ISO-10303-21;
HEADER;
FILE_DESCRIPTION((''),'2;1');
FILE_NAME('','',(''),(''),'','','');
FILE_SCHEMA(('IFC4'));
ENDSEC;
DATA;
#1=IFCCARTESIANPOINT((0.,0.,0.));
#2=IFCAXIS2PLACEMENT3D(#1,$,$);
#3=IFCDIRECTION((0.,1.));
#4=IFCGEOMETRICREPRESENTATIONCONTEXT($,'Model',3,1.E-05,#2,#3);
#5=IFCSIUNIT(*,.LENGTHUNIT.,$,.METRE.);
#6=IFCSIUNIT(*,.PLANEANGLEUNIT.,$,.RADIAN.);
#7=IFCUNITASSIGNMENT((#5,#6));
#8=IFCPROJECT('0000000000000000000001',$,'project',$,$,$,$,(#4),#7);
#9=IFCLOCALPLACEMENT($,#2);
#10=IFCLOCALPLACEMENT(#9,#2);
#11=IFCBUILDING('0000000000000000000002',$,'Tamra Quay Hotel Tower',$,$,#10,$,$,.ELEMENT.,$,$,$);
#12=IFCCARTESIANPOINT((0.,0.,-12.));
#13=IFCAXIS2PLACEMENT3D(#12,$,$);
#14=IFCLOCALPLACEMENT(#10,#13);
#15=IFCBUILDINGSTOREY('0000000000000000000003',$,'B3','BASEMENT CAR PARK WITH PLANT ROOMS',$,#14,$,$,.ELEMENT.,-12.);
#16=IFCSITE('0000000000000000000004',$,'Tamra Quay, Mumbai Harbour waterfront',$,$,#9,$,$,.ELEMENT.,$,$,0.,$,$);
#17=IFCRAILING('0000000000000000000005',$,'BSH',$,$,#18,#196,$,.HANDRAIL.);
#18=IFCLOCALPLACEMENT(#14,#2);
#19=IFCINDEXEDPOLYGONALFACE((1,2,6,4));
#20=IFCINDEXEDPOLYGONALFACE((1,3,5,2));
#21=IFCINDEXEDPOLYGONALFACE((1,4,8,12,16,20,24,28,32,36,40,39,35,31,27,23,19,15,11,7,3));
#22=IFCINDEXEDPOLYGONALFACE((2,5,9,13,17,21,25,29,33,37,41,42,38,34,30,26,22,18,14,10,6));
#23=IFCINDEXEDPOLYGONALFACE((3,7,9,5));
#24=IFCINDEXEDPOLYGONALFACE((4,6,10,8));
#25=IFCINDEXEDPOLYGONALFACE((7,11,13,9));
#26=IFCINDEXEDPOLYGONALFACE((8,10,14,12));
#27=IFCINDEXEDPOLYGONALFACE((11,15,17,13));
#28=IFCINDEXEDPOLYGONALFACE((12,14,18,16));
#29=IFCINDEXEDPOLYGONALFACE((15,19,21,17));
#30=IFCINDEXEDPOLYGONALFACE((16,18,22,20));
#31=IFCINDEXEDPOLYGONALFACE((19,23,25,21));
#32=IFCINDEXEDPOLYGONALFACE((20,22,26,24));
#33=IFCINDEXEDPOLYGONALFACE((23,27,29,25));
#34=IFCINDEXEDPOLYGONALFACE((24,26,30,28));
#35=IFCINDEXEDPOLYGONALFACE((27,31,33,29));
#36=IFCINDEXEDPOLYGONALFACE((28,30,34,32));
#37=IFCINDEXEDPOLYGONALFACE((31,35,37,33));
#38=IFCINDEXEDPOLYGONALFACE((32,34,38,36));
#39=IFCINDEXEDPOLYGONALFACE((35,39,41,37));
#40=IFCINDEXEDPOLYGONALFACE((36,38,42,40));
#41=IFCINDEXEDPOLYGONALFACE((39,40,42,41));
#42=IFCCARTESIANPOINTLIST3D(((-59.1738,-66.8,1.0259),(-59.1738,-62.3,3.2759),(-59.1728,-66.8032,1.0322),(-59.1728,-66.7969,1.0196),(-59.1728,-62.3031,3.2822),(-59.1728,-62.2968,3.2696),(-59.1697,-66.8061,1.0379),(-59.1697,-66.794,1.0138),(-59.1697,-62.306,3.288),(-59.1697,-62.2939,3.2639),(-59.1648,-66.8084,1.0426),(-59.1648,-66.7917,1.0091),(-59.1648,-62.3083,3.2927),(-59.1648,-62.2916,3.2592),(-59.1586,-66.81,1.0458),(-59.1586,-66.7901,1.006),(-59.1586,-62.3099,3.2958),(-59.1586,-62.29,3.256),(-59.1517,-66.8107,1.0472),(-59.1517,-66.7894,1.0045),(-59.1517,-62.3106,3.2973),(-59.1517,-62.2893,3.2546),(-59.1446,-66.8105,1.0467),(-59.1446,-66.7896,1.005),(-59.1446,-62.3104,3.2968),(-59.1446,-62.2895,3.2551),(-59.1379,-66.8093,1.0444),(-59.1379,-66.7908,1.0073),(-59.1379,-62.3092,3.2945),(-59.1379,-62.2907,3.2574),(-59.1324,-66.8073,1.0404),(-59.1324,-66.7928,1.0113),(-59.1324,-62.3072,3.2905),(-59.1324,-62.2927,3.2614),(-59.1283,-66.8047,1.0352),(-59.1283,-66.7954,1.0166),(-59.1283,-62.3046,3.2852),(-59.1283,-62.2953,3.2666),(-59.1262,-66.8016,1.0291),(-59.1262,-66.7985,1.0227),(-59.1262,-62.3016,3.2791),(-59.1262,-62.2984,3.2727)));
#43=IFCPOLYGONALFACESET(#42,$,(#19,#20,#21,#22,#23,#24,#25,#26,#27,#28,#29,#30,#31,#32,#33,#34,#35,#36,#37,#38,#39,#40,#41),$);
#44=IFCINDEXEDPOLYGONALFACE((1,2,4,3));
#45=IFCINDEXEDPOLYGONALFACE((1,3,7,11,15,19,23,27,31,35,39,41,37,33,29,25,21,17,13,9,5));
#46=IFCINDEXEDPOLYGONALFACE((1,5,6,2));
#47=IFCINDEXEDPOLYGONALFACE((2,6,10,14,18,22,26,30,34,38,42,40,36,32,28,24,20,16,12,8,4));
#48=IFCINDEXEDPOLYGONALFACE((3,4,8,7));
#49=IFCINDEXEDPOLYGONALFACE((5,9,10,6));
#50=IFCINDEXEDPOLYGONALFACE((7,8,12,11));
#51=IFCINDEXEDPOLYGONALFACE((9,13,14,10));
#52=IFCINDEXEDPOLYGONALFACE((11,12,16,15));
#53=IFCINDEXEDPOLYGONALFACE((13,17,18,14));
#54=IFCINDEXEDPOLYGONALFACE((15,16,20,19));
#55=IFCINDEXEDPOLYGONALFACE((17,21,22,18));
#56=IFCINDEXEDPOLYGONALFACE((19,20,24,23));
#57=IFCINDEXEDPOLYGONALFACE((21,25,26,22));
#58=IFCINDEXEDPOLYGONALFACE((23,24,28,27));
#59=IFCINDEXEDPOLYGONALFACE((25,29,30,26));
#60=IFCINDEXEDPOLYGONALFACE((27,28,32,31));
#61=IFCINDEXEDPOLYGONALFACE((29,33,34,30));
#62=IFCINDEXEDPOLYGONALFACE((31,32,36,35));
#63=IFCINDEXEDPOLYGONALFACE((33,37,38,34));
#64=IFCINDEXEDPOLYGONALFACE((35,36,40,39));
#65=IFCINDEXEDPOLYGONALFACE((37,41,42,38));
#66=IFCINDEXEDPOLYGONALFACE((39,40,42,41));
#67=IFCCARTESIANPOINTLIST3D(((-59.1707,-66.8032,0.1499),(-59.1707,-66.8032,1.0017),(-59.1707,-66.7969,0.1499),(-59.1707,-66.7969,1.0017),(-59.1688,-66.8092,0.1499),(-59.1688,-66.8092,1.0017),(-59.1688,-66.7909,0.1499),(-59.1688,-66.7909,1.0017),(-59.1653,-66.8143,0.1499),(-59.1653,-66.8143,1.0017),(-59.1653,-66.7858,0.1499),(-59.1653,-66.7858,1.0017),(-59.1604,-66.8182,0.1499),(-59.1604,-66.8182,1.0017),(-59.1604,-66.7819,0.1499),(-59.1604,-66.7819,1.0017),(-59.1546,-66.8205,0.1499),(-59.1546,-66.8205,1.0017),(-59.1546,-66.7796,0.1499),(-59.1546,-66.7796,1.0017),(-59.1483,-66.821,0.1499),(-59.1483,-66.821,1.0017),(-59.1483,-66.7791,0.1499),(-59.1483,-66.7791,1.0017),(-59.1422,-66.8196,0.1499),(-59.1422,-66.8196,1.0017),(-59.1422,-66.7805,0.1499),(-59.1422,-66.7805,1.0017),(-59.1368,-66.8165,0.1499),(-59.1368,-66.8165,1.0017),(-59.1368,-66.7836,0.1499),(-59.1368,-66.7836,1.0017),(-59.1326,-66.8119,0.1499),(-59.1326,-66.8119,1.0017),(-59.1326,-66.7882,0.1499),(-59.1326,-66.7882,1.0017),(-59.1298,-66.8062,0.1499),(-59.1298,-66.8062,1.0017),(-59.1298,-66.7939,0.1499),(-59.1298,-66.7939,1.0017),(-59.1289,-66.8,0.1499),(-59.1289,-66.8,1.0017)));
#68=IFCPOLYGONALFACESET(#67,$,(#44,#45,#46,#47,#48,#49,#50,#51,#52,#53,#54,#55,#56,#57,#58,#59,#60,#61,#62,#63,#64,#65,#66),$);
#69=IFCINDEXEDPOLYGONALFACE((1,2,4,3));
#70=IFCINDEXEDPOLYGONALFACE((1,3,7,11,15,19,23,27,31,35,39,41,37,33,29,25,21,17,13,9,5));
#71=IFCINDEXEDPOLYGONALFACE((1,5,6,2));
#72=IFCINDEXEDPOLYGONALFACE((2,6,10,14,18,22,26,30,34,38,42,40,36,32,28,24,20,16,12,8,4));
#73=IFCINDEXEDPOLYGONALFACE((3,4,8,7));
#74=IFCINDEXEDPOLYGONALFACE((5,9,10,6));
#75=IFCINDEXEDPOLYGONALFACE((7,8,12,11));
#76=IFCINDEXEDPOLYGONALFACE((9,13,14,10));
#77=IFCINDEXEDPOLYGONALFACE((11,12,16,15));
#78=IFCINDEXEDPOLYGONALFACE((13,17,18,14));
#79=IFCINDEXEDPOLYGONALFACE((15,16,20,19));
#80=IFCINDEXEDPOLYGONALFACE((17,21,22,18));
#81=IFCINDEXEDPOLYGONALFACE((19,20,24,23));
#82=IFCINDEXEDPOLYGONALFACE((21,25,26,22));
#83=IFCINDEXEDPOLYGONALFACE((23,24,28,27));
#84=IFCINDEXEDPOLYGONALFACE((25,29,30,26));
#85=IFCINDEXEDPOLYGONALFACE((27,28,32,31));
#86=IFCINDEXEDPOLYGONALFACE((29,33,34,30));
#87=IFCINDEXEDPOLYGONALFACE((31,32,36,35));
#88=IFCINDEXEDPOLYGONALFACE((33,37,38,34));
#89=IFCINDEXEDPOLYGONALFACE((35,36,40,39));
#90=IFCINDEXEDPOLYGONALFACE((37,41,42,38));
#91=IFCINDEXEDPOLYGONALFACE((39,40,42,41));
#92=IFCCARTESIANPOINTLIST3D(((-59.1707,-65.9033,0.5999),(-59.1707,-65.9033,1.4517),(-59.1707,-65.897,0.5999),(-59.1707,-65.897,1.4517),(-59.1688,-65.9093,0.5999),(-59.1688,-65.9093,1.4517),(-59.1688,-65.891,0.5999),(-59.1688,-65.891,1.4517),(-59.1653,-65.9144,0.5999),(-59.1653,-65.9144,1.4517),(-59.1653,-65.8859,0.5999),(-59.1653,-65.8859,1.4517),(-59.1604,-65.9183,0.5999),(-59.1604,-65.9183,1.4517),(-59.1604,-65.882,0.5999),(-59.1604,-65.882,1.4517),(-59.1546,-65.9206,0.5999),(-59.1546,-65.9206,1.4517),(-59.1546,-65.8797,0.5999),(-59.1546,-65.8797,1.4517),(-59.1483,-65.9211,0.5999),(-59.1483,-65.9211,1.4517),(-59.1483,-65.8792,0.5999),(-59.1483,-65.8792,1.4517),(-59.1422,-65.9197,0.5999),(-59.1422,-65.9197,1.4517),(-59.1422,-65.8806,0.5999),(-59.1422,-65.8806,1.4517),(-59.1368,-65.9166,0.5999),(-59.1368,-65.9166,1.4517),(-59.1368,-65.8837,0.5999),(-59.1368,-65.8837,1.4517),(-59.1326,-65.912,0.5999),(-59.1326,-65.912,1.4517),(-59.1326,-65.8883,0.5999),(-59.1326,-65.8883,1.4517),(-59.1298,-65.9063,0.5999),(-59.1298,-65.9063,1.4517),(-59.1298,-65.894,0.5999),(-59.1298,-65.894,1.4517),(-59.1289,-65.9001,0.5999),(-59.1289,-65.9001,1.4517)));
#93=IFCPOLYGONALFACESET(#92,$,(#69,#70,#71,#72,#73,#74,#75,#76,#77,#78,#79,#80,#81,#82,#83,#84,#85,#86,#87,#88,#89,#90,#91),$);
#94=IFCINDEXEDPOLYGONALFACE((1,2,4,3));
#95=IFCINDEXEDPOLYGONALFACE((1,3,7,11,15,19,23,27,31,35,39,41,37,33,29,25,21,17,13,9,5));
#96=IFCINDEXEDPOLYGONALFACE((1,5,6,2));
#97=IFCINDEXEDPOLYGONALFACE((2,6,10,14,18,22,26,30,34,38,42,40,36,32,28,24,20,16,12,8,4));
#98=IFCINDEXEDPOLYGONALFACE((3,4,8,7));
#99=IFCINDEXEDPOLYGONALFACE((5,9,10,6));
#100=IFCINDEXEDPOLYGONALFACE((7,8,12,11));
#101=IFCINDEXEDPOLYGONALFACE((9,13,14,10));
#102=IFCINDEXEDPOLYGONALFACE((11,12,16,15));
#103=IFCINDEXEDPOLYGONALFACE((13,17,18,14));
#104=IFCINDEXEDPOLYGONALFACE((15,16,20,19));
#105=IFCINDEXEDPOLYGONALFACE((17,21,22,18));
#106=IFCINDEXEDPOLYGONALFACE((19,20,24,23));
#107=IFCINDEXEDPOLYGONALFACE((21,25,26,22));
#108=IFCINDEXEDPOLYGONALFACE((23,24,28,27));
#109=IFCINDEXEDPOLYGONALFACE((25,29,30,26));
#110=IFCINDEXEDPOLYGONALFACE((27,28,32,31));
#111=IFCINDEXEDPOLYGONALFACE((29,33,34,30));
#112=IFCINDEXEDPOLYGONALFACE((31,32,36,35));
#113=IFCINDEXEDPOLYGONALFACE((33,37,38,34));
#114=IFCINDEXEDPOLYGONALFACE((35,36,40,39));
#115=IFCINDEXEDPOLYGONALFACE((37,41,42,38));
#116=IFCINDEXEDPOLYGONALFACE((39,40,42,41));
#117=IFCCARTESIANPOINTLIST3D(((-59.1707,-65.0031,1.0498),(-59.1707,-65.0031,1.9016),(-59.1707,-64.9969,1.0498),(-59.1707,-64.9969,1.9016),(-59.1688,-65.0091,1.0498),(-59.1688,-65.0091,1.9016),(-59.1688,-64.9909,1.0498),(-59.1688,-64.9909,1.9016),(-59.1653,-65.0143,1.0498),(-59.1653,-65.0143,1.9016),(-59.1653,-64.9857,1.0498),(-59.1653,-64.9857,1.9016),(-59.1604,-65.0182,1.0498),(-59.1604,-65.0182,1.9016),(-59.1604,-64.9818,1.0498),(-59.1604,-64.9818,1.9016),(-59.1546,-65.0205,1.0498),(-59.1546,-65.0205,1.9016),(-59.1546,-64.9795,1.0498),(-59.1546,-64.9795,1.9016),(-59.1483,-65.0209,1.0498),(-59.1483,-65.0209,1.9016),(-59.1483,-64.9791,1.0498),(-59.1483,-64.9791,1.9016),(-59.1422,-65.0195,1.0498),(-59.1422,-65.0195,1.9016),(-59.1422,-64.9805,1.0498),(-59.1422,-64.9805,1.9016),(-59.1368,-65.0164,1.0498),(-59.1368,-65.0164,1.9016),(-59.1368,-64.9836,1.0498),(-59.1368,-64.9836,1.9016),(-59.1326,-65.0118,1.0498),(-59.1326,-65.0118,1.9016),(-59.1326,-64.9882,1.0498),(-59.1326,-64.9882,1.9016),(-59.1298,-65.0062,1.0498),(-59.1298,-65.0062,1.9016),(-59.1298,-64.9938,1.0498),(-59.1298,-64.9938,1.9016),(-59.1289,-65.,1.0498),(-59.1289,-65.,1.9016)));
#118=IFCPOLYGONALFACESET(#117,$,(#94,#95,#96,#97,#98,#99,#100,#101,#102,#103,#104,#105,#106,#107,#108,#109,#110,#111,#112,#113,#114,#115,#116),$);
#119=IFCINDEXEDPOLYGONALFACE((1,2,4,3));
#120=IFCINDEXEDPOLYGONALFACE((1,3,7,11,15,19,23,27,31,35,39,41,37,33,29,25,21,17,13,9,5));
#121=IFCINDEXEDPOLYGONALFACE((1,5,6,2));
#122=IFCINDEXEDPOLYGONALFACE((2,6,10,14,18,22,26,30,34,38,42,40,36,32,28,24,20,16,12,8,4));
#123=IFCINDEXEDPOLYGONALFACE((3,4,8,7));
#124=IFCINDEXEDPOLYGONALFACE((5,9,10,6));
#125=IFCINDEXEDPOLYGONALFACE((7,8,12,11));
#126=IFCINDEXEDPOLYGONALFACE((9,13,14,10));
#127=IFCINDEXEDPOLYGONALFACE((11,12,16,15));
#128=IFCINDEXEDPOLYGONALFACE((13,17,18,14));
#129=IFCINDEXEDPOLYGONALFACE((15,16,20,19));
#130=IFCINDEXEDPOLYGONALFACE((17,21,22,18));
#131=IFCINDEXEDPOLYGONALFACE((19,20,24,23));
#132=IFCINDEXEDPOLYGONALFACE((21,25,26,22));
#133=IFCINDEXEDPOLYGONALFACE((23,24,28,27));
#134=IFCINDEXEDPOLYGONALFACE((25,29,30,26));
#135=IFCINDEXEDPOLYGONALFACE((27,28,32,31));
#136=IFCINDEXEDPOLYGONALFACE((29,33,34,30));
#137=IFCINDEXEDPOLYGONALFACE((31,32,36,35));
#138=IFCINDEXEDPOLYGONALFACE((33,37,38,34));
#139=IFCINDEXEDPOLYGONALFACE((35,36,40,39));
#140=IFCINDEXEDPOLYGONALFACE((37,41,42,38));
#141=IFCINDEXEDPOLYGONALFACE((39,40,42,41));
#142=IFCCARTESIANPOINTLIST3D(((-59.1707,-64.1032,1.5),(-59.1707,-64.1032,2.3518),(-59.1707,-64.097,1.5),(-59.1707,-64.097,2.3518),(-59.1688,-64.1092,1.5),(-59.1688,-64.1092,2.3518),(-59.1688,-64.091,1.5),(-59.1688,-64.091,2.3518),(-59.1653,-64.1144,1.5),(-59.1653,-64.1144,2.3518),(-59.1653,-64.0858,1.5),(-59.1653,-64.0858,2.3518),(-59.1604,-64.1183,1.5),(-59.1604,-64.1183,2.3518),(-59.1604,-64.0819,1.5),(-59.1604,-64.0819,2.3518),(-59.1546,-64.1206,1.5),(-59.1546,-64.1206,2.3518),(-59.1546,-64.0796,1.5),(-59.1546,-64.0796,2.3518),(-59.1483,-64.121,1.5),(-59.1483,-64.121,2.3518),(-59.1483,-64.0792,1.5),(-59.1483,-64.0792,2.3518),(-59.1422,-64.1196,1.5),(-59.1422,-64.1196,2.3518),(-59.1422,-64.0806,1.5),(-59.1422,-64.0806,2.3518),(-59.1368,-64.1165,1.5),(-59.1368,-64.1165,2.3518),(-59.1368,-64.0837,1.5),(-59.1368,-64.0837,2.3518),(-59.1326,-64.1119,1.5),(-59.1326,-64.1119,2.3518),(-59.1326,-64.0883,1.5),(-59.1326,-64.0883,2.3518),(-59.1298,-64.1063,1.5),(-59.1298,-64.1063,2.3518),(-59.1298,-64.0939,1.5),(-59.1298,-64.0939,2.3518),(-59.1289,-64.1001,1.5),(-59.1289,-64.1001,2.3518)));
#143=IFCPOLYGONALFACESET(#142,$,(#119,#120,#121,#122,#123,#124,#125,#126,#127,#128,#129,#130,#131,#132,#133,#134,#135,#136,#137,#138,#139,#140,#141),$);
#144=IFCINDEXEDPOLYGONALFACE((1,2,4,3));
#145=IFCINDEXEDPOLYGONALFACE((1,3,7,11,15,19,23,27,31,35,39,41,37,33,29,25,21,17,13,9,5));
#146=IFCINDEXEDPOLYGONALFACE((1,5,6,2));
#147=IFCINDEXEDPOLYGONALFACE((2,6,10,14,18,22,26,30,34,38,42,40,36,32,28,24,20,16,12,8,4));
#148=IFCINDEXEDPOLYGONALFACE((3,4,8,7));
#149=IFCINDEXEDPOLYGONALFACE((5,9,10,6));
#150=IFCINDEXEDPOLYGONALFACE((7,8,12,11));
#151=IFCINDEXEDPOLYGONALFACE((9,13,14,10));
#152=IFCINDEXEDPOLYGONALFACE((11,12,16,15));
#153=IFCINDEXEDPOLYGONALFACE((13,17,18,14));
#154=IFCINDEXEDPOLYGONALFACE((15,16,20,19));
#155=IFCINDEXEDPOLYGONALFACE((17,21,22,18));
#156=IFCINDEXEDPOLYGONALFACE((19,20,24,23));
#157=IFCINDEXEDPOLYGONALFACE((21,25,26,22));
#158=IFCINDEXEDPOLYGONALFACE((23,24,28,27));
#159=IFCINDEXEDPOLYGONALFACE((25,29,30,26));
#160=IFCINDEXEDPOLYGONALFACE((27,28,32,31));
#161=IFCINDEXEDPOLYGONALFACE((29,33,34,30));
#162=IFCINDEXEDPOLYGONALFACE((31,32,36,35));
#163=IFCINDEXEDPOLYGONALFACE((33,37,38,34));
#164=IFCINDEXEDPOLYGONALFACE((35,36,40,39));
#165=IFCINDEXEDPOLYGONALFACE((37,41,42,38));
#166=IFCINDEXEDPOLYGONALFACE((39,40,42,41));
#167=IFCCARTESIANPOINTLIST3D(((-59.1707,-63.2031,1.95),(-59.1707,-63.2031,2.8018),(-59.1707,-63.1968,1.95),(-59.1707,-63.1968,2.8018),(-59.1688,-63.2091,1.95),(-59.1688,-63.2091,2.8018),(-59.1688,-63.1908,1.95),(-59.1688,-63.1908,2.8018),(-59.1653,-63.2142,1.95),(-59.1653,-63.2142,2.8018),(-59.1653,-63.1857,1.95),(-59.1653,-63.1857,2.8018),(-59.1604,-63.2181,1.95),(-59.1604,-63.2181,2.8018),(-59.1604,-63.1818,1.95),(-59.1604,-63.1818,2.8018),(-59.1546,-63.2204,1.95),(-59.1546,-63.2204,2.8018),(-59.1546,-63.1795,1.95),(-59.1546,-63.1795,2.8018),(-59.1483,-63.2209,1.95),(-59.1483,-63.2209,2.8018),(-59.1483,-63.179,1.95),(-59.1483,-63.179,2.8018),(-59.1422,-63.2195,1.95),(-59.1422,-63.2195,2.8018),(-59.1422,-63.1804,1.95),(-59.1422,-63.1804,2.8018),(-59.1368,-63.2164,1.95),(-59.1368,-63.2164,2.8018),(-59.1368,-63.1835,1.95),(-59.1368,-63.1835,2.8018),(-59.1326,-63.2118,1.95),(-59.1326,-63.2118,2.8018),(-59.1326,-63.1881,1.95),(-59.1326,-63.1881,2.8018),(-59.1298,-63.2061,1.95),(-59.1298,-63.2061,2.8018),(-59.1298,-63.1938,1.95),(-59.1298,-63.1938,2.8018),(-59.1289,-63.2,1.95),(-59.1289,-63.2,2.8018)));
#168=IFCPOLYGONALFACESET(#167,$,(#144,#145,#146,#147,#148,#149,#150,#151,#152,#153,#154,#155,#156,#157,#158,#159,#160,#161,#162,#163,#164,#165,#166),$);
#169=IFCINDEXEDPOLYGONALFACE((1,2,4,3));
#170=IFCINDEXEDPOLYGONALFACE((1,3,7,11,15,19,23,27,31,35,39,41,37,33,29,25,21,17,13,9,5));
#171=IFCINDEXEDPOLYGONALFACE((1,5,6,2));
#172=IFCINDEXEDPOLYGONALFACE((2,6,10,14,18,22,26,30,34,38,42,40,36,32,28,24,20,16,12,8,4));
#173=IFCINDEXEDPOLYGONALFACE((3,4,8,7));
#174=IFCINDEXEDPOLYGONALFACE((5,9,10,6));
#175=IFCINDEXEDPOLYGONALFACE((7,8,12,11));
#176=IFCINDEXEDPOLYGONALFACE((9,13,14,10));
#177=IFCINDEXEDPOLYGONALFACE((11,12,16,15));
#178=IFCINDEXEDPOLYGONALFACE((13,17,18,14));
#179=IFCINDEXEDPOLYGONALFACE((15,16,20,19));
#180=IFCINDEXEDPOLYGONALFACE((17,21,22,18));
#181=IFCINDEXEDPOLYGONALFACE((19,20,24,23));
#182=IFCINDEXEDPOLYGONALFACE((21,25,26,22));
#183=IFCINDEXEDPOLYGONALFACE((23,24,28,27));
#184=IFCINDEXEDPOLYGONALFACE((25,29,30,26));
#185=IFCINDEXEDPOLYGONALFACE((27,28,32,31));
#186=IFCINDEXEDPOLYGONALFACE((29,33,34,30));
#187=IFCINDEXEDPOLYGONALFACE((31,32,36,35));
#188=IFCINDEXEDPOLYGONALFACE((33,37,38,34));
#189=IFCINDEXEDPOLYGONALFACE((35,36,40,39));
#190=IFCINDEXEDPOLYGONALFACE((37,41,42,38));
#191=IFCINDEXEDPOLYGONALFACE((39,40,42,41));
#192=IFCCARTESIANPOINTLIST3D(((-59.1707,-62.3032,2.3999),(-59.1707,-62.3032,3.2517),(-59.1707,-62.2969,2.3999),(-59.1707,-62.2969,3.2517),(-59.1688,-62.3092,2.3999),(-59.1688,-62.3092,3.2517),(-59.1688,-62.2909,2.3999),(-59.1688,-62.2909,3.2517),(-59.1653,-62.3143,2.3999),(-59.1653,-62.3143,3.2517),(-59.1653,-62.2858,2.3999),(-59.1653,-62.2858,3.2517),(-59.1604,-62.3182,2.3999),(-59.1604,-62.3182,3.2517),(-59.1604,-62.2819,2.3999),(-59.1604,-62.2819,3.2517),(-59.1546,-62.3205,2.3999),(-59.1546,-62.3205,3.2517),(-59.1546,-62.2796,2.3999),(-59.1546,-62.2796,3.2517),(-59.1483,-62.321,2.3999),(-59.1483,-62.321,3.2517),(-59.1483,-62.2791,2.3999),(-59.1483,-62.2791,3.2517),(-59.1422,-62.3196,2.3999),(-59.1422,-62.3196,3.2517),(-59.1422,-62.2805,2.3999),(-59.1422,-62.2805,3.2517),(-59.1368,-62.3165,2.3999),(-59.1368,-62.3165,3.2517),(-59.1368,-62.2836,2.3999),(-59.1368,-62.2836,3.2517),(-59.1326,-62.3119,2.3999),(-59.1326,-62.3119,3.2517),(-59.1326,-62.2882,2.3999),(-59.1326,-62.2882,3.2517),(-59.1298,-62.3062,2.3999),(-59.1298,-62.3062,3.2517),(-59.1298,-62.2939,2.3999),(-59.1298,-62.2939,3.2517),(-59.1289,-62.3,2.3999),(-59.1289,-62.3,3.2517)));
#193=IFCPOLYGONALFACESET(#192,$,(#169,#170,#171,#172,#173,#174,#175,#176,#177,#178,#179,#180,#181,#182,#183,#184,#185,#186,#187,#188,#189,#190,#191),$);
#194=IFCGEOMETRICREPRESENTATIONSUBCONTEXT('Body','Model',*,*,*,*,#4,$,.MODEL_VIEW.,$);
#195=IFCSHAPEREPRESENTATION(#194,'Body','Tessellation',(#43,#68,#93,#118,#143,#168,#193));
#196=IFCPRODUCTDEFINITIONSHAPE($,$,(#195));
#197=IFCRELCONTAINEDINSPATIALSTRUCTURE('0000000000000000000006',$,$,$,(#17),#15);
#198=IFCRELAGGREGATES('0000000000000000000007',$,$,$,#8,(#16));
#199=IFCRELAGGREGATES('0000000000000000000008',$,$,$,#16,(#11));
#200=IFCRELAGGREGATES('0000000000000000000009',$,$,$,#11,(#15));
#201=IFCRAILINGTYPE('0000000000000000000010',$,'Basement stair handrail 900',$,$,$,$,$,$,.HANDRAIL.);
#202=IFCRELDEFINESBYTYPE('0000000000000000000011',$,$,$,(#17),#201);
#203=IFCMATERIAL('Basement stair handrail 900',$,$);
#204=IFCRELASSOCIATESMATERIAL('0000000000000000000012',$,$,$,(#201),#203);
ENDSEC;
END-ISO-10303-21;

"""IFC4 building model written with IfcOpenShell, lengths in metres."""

from ifc_helpers import new_model, si_unit, direction, frame, origin, origin_2d, place, context, subcontext, project, spatial, circle, extrude, material, type_object, element, save


model = new_model("IFC4")

# Units and contexts
model_context = context("Model", 3, precision=1e-05, world=origin(), true_north=direction((0.0, 1.0)))
body_context = subcontext(model_context, "Body", "Model", "MODEL_VIEW")
ifc_project = project(units=[si_unit("LENGTHUNIT", "METRE"), si_unit("PLANEANGLEUNIT", "RADIAN")], contexts=[model_context])

# Site, building, storey
site_placement = place(None, origin())
site = spatial("IfcSite", under=ifc_project, at=site_placement, Name="Tamra Quay, Mumbai Harbour waterfront", CompositionType="ELEMENT", RefElevation=0.0)
building_placement = place(site_placement, origin())
building = spatial("IfcBuilding", under=site, at=building_placement, Name="Tamra Quay Hotel Tower", CompositionType="ELEMENT")
storey_placement = place(building_placement, frame((0.0, 0.0, -12.0)))
storey = spatial("IfcBuildingStorey", under=building, at=storey_placement, Name="B3", Description="BASEMENT CAR PARK WITH PLANT ROOMS", CompositionType="ELEMENT", Elevation=-12.0)

# Railing
ifc_material_1 = material(Name="Basement stair handrail 900")
railing_type = type_object("IfcRailingType", Name="Basement stair handrail 900", PredefinedType="HANDRAIL", material=ifc_material_1)
railing_placement = place(storey_placement, frame((-59.1499, -66.8, 0.1499)))
element("IfcRailing", 1, at=railing_placement, inside=storey, type_object=railing_type, Name="BSH", PredefinedType="HANDRAIL", context=body_context, shape_type="SweptSolid", body=[
    extrude(circle(Radius=0.0239, at=origin_2d()), frame((0.0, 0.0, 0.876), z_axis=(0.0, 0.894427, 0.447214), x_axis=(-1.0, 0.0, 0.0)), (0.0, 0.0, 1.0), 5.0312),
    extrude(circle(Radius=0.021, at=origin_2d()), origin(), (0.0, 0.0, 1.0), 0.8518),
    extrude(circle(Radius=0.021, at=origin_2d()), frame((0.0, 0.8999, 0.45)), (0.0, 0.0, 1.0), 0.8518),
    extrude(circle(Radius=0.021, at=origin_2d()), frame((0.0, 1.8, 0.8999)), (0.0, 0.0, 1.0), 0.8518),
    extrude(circle(Radius=0.021, at=origin_2d()), frame((0.0, 2.7, 1.3501)), (0.0, 0.0, 1.0), 0.8518),
    extrude(circle(Radius=0.021, at=origin_2d()), frame((0.0, 3.6001, 1.8)), (0.0, 0.0, 1.0), 0.8518),
    extrude(circle(Radius=0.021, at=origin_2d()), frame((0.0, 4.5, 2.25)), (0.0, 0.0, 1.0), 0.8518),
])

save(model, "model.ifc")
